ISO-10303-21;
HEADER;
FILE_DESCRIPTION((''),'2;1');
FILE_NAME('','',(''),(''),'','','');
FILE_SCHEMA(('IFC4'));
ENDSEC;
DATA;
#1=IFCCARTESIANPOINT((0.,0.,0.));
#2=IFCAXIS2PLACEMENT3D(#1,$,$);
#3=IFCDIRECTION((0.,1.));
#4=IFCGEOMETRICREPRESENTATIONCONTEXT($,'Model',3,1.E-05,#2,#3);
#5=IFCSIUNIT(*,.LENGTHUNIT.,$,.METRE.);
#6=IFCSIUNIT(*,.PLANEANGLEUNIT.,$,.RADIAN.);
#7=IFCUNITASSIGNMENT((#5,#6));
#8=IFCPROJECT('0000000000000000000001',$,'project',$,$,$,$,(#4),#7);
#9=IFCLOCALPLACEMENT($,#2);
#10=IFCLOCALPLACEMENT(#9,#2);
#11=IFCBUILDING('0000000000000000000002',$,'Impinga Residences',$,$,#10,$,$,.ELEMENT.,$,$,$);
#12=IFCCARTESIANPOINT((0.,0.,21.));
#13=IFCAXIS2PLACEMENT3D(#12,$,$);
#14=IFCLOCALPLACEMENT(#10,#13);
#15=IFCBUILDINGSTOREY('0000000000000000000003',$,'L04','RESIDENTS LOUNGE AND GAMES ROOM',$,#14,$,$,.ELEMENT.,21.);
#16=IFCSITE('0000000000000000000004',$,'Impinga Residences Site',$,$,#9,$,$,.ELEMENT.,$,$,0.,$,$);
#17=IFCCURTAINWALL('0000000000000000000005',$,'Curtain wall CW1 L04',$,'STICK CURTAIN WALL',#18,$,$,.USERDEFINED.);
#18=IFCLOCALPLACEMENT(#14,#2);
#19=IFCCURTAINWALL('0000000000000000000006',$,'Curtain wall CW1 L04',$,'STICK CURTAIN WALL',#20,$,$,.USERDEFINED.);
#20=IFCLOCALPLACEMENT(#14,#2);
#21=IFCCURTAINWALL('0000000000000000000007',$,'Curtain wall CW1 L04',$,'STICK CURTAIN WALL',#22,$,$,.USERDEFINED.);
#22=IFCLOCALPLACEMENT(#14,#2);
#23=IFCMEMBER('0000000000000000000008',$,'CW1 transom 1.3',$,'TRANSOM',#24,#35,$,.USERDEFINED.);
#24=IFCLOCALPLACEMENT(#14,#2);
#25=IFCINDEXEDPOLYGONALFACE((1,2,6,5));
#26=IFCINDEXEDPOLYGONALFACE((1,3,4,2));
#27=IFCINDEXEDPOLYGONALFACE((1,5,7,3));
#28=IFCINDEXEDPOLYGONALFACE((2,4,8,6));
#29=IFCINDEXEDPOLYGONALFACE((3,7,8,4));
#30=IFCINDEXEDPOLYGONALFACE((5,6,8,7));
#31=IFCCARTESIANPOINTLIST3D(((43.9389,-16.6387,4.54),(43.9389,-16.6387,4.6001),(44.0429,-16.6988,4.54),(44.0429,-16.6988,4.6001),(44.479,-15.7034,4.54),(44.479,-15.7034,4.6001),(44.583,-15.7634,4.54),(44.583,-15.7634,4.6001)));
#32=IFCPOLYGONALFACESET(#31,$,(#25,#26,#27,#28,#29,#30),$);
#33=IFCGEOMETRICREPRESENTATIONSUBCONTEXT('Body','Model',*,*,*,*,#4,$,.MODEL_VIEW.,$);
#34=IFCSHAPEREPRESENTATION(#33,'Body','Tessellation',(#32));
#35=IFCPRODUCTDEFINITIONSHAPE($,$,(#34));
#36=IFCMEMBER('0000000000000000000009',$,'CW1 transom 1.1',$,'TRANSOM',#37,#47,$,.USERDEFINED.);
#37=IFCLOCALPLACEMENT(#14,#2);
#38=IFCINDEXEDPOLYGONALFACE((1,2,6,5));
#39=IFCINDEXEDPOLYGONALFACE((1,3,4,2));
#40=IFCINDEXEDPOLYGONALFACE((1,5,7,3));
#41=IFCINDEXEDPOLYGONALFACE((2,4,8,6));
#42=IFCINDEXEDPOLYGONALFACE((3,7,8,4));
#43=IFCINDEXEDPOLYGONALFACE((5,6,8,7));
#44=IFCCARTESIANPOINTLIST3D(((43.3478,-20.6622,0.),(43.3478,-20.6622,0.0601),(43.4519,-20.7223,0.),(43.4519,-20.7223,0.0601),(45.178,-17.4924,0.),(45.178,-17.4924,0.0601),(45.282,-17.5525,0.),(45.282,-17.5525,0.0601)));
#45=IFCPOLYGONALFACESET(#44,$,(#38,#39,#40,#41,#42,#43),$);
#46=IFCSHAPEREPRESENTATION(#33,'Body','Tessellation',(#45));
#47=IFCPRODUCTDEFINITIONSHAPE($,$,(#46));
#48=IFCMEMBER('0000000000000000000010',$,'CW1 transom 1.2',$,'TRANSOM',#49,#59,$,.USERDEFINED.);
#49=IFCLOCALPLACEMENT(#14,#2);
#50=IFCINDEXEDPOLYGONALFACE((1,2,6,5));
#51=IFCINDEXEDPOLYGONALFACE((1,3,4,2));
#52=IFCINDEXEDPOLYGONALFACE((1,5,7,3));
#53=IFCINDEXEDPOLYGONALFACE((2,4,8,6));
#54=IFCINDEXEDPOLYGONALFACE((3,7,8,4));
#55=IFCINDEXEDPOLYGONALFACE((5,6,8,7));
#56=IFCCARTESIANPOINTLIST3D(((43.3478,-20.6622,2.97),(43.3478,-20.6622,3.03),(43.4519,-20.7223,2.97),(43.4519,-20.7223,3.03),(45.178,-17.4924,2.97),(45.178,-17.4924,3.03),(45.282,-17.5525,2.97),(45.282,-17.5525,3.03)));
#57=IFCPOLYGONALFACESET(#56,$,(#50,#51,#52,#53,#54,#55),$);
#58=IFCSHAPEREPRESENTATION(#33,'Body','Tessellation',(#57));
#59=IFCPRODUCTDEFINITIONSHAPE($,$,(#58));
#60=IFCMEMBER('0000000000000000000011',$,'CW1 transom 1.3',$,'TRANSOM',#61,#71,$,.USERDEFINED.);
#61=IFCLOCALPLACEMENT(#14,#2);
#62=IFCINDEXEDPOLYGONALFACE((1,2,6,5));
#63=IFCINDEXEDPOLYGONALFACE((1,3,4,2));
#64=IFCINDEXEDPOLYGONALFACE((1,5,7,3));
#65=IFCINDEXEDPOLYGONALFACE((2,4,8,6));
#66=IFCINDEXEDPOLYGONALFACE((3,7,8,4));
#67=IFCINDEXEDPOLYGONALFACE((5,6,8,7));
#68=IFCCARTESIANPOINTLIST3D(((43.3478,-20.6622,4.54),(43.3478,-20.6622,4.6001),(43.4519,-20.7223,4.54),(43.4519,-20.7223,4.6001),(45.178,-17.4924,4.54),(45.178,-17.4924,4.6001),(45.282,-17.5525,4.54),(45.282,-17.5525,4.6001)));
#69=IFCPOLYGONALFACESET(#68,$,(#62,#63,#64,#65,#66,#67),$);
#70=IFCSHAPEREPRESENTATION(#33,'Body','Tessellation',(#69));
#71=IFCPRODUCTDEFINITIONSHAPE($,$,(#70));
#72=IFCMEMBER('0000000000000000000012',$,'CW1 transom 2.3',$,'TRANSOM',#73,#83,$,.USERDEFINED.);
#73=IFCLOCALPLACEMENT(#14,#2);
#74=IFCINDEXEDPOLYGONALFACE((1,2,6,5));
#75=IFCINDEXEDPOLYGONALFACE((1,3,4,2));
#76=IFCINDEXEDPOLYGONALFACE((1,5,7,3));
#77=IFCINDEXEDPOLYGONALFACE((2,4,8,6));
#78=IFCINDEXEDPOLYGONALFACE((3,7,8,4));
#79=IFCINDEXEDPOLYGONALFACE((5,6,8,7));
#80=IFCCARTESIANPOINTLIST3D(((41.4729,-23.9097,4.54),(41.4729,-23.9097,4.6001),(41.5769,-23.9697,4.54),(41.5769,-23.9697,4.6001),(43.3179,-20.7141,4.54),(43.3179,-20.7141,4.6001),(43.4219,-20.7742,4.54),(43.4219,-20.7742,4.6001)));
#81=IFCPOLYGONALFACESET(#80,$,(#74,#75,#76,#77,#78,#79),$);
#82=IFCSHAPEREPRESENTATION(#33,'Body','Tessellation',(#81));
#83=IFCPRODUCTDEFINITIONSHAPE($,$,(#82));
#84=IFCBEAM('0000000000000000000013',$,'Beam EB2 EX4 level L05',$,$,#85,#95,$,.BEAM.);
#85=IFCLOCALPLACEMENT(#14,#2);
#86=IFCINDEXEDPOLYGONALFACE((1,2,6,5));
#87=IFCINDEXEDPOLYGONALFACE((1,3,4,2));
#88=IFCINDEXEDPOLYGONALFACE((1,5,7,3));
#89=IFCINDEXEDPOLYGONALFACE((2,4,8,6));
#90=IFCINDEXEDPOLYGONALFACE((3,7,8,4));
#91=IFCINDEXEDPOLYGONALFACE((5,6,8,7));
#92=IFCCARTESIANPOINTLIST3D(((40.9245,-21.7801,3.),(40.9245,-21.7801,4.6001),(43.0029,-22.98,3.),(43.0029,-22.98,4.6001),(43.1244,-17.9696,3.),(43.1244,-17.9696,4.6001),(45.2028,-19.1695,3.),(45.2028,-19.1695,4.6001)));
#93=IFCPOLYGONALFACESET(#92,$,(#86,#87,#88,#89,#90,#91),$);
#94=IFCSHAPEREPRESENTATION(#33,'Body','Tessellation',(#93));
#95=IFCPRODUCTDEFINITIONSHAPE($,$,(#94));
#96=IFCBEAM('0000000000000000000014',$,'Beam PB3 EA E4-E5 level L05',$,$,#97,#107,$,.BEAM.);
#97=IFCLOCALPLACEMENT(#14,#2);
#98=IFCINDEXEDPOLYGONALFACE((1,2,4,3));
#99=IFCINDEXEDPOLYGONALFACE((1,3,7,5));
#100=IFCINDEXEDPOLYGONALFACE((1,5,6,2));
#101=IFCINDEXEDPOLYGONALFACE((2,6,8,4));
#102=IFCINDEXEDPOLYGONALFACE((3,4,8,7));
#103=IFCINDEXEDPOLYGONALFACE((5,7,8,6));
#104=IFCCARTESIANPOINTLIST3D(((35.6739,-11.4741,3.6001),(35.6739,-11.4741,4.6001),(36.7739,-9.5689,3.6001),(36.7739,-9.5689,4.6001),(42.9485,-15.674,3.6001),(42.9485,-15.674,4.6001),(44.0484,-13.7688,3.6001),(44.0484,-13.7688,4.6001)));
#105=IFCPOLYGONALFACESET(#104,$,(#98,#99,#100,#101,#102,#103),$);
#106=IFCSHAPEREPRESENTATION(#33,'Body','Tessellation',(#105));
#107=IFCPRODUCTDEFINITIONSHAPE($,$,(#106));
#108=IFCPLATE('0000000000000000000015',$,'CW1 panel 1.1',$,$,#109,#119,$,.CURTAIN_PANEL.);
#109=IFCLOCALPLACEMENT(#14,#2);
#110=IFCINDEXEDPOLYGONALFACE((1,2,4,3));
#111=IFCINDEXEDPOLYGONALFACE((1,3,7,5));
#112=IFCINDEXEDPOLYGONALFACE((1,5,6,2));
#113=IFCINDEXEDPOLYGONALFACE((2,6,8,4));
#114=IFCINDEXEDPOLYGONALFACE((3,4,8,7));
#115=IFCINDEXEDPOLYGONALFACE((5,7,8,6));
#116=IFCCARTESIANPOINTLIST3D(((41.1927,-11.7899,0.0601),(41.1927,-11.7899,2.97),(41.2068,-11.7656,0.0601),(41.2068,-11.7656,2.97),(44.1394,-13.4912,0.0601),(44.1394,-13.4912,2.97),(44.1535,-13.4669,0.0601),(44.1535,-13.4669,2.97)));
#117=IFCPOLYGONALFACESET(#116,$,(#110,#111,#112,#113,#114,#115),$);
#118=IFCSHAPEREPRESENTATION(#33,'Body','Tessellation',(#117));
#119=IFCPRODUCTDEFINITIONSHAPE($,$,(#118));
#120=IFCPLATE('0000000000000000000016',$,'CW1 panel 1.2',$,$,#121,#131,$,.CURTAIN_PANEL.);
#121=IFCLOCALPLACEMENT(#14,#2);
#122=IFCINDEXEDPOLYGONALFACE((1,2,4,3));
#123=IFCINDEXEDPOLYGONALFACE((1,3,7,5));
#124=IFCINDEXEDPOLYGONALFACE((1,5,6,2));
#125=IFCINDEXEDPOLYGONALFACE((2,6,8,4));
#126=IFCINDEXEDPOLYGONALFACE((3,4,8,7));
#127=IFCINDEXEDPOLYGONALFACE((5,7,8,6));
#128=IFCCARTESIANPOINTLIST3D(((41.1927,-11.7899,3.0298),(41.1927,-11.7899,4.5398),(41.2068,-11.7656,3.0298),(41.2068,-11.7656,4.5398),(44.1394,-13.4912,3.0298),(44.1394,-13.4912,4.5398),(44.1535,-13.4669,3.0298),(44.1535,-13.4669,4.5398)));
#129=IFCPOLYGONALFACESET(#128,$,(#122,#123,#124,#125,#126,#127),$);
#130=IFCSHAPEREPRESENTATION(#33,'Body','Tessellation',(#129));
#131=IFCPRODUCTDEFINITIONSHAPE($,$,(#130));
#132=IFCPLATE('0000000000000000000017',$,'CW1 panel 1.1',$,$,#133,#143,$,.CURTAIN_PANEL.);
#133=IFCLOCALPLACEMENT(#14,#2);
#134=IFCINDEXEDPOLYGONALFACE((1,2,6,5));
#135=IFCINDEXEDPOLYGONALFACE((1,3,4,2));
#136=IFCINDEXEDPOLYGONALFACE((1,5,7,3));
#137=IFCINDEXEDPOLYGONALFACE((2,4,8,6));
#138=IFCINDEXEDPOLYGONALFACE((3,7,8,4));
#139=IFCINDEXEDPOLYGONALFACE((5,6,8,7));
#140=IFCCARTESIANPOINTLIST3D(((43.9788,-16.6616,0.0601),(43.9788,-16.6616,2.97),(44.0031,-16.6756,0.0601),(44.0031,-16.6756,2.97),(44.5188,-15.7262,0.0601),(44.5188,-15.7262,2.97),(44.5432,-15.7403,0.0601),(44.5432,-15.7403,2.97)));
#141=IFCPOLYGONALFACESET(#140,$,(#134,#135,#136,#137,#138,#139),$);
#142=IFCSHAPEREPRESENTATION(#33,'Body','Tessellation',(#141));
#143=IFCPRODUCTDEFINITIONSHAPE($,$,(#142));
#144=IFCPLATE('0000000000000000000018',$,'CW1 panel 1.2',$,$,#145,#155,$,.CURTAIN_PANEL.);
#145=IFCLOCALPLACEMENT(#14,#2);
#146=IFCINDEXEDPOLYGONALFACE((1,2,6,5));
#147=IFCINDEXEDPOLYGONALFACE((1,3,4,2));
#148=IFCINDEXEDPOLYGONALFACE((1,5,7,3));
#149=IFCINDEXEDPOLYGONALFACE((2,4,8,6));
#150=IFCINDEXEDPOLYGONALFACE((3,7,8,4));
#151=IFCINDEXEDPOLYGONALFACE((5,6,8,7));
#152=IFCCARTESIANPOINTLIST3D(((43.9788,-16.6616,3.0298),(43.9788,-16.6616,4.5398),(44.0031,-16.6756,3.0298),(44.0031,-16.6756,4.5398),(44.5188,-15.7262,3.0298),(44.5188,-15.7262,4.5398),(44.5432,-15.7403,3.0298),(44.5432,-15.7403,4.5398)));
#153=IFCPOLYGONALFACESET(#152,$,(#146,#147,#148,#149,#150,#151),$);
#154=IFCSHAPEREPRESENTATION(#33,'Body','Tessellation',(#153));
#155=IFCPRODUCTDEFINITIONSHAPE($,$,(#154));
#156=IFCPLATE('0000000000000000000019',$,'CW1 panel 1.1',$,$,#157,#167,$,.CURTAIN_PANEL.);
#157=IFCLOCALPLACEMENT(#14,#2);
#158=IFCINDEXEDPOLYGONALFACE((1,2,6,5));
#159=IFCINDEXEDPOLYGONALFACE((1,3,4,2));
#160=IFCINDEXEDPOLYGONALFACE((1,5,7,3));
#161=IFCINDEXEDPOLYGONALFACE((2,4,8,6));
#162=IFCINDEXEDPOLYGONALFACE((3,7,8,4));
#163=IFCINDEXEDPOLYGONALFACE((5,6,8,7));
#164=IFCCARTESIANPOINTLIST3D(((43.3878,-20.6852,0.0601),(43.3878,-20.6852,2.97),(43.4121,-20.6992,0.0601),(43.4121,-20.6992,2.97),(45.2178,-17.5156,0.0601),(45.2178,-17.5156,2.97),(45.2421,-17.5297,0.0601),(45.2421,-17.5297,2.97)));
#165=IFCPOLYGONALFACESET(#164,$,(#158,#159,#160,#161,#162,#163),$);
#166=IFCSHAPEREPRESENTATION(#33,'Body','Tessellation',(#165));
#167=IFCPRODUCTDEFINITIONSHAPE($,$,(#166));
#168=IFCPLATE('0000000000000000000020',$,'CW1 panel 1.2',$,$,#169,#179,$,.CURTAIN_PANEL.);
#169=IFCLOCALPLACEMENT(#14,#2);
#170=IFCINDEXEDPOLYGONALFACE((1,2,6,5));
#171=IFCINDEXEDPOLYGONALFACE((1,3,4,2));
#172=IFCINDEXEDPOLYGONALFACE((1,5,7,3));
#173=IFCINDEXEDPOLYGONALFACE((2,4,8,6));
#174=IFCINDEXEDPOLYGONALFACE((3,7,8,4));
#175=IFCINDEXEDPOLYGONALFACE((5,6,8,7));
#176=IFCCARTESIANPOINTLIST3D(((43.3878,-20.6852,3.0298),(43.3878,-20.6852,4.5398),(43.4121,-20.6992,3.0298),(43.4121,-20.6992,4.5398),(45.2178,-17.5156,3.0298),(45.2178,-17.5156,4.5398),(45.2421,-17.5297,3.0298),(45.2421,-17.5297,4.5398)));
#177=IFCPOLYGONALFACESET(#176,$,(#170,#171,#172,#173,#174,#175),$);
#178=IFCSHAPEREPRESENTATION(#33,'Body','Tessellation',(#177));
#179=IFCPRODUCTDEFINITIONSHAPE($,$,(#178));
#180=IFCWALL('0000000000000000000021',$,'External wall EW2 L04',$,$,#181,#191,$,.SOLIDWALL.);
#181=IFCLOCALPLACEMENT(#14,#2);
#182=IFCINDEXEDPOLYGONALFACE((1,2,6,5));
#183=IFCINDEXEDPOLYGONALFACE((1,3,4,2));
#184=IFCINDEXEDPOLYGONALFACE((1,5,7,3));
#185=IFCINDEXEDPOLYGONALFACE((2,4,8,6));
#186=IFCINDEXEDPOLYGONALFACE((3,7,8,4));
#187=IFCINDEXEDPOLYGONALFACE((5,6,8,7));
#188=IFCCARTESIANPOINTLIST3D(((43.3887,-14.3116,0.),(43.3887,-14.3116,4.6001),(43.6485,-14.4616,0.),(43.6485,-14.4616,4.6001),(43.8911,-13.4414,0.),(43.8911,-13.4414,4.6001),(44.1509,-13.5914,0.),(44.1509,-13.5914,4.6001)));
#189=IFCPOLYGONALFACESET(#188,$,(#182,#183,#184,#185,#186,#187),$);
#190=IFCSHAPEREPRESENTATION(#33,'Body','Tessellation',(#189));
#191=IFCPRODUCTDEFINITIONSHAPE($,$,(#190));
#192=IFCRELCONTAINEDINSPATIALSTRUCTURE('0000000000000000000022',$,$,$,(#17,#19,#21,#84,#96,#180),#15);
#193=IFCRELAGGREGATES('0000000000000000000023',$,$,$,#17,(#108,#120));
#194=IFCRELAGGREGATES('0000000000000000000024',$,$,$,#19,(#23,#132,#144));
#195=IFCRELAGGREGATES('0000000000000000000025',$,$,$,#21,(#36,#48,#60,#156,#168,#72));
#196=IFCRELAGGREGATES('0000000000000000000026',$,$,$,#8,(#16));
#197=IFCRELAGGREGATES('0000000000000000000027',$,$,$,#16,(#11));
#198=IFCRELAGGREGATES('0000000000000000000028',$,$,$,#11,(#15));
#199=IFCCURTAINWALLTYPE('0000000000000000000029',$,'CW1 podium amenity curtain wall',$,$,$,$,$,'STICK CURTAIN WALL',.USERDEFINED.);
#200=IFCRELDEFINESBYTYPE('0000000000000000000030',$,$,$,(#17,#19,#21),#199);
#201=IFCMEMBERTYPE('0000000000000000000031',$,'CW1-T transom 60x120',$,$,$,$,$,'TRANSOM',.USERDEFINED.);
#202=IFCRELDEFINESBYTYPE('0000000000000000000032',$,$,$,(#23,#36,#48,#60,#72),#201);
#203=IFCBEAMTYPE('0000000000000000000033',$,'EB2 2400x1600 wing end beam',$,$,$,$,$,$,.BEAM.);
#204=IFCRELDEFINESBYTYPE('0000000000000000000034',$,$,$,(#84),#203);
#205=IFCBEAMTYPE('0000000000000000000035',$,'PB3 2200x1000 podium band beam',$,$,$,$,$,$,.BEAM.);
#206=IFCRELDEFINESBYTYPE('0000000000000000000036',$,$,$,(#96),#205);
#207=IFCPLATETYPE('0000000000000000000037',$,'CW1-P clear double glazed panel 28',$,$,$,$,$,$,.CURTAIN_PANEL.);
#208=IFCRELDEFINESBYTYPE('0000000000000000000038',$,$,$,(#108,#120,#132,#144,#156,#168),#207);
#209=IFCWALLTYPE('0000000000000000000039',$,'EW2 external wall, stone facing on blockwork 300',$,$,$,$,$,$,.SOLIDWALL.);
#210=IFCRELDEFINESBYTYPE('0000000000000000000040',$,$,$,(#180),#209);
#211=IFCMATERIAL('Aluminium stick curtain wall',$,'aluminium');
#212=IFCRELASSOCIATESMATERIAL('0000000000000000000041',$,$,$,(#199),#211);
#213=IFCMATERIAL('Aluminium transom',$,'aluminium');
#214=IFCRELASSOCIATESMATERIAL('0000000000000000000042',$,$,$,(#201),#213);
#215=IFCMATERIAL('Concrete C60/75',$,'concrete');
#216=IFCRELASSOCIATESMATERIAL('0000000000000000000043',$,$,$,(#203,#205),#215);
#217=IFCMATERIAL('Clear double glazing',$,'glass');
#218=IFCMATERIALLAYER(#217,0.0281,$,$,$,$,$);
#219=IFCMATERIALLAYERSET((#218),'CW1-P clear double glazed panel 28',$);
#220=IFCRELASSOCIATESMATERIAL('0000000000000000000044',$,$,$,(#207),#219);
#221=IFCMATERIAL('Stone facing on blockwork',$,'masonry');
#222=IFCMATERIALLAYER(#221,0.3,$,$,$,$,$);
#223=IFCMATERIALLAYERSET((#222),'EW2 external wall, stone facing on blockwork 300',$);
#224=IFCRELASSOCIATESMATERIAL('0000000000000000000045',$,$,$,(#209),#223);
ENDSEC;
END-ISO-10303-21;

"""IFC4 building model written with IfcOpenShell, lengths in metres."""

from ifc_helpers import new_model, si_unit, direction, frame, frame_2d, origin, origin_2d, place, context, subcontext, project, spatial, rectangle, extrude, material, layer, layer_set, material_profile, profile_set, type_object, element, aggregate, save


model = new_model("IFC4")

# Units and contexts
model_context = context("Model", 3, precision=1e-05, world=origin(), true_north=direction((0.0, 1.0)))
body_context = subcontext(model_context, "Body", "Model", "MODEL_VIEW")
ifc_project = project(units=[si_unit("LENGTHUNIT", "METRE"), si_unit("PLANEANGLEUNIT", "RADIAN")], contexts=[model_context])

# Site, building, storey
site_placement = place(None, origin())
site = spatial("IfcSite", under=ifc_project, at=site_placement, Name="Impinga Residences Site", CompositionType="ELEMENT", RefElevation=0.0)
building_placement = place(site_placement, origin())
building = spatial("IfcBuilding", under=site, at=building_placement, Name="Impinga Residences", CompositionType="ELEMENT")
storey_placement = place(building_placement, frame((0.0, 0.0, 21.0)))
storey = spatial("IfcBuildingStorey", under=building, at=storey_placement, Name="L04", Description="RESIDENTS LOUNGE AND GAMES ROOM", CompositionType="ELEMENT", Elevation=21.0)

# Shared definitions
ifc_material_1 = material(Name="Concrete C60/75", Category="concrete")

# Curtain walls
ifc_material_2 = material(Name="Aluminium stick curtain wall", Category="aluminium")
curtain_wall_type = type_object("IfcCurtainWallType", Name="CW1 podium amenity curtain wall", ElementType="STICK CURTAIN WALL", PredefinedType="USERDEFINED", material=ifc_material_2)
curtain_wall_1_placement = place(storey_placement, origin())
curtain_wall_1 = element("IfcCurtainWall", 1, at=curtain_wall_1_placement, inside=storey, type_object=curtain_wall_type, Name="Curtain wall CW1 L04", ObjectType="STICK CURTAIN WALL", PredefinedType="USERDEFINED")
curtain_wall_2_placement = place(storey_placement, origin())
curtain_wall_2 = element("IfcCurtainWall", 2, at=curtain_wall_2_placement, inside=storey, type_object=curtain_wall_type, Name="Curtain wall CW1 L04", ObjectType="STICK CURTAIN WALL", PredefinedType="USERDEFINED")
curtain_wall_3_placement = place(storey_placement, origin())
curtain_wall_3 = element("IfcCurtainWall", 3, at=curtain_wall_3_placement, inside=storey, type_object=curtain_wall_type, Name="Curtain wall CW1 L04", ObjectType="STICK CURTAIN WALL", PredefinedType="USERDEFINED")

# Members
ifc_material_3 = material(Name="Aluminium transom", Category="aluminium")
ifc_material_profile_1 = material_profile(ifc_material_3, rectangle(XDim=0.0601, YDim=0.1201, at=origin_2d()), Name="60x120 transom")
ifc_profile_set_1 = profile_set([ifc_material_profile_1], Name="Aluminium transom")
member_type_1 = type_object("IfcMemberType", Name="CW1-T transom 60x120", ElementType="TRANSOM", PredefinedType="USERDEFINED", material=ifc_profile_set_1)
member_1_placement = place(storey_placement, frame((44.531, -15.7334, 4.5701), z_axis=(-0.500029, -0.866009, 0.0), x_axis=(0.0, 0.0, 1.0)))
member_1 = element("IfcMember", 4, at=member_1_placement, type_object=member_type_1, Name="CW1 transom 1.3", ObjectType="TRANSOM", PredefinedType="USERDEFINED", context=body_context, shape_type="SweptSolid", body=[
    extrude(rectangle(XDim=0.0601, YDim=0.1201, at=origin_2d()), origin(), (0.0, 0.0, 1.0), 1.0801),
])
member_2_placement = place(storey_placement, frame((45.23, -17.5225, 0.03), z_axis=(-0.500013, -0.866018, 0.0), x_axis=(0.0, 0.0, 1.0)))
member_2 = element("IfcMember", 5, at=member_2_placement, type_object=member_type_1, Name="CW1 transom 1.1", ObjectType="TRANSOM", PredefinedType="USERDEFINED", context=body_context, shape_type="SweptSolid", body=[
    extrude(rectangle(XDim=0.0601, YDim=0.1201, at=origin_2d()), origin(), (0.0, 0.0, 1.0), 3.6602),
])
member_3_placement = place(storey_placement, frame((45.23, -17.5225, 3.0), z_axis=(-0.500013, -0.866018, 0.0), x_axis=(0.0, 0.0, 1.0)))
member_3 = element("IfcMember", 6, at=member_3_placement, type_object=member_type_1, Name="CW1 transom 1.2", ObjectType="TRANSOM", PredefinedType="USERDEFINED", context=body_context, shape_type="SweptSolid", body=[
    extrude(rectangle(XDim=0.0601, YDim=0.1201, at=origin_2d()), origin(), (0.0, 0.0, 1.0), 3.6602),
])
member_4_placement = place(storey_placement, frame((45.23, -17.5225, 4.5701), z_axis=(-0.500013, -0.866018, 0.0), x_axis=(0.0, 0.0, 1.0)))
member_4 = element("IfcMember", 7, at=member_4_placement, type_object=member_type_1, Name="CW1 transom 1.3", ObjectType="TRANSOM", PredefinedType="USERDEFINED", context=body_context, shape_type="SweptSolid", body=[
    extrude(rectangle(XDim=0.0601, YDim=0.1201, at=origin_2d()), origin(), (0.0, 0.0, 1.0), 3.6602),
])
member_5_placement = place(storey_placement, frame((43.3699, -20.7441, 4.5701), z_axis=(-0.500003, -0.866024, 0.0), x_axis=(0.0, 0.0, 1.0)))
member_5 = element("IfcMember", 8, at=member_5_placement, type_object=member_type_1, Name="CW1 transom 2.3", ObjectType="TRANSOM", PredefinedType="USERDEFINED", context=body_context, shape_type="SweptSolid", body=[
    extrude(rectangle(XDim=0.0601, YDim=0.1201, at=origin_2d()), origin(), (0.0, 0.0, 1.0), 3.6899),
])

# Beams
ifc_material_profile_2 = material_profile(ifc_material_1, rectangle(XDim=2.3999, YDim=1.6001, at=origin_2d()), Name="RC 2400x1600")
ifc_profile_set_2 = profile_set([ifc_material_profile_2], Name="Concrete C60/75")
beam_type_1 = type_object("IfcBeamType", Name="EB2 2400x1600 wing end beam", PredefinedType="BEAM", material=ifc_profile_set_2)
beam_1_placement = place(storey_placement, frame((44.1636, -18.5696, 3.8), z_axis=(-0.499988, -0.866032, 0.0), x_axis=(0.866032, -0.499988, 0.0)))
element("IfcBeam", 9, at=beam_1_placement, inside=storey, type_object=beam_type_1, Name="Beam EB2 EX4 level L05", PredefinedType="BEAM", context=body_context, shape_type="SweptSolid", body=[
    extrude(rectangle(XDim=2.3999, YDim=1.6001, at=origin_2d()), origin(), (0.0, 0.0, 1.0), 4.3999),
])
ifc_material_profile_3 = material_profile(ifc_material_1, rectangle(XDim=2.2, YDim=1.0, at=origin_2d()), Name="RC 2200x1000")
ifc_profile_set_3 = profile_set([ifc_material_profile_3], Name="Concrete C60/75")
beam_type_2 = type_object("IfcBeamType", Name="PB3 2200x1000 podium band beam", PredefinedType="BEAM", material=ifc_profile_set_3)
beam_2_placement = place(storey_placement, frame((36.2239, -10.5215, 4.1001), z_axis=(0.866029, -0.499993, 0.0), x_axis=(0.499993, 0.866029, 0.0)))
element("IfcBeam", 10, at=beam_2_placement, inside=storey, type_object=beam_type_2, Name="Beam PB3 EA E4-E5 level L05", PredefinedType="BEAM", context=body_context, shape_type="SweptSolid", body=[
    extrude(rectangle(XDim=2.2, YDim=1.0, at=origin_2d()), origin(), (0.0, 0.0, 1.0), 8.3999),
])

# Plates
ifc_material_4 = material(Name="Clear double glazing", Category="glass")
ifc_layer_1 = layer(ifc_material_4, 0.0281)
ifc_layer_set_1 = layer_set([ifc_layer_1], Name="CW1-P clear double glazed panel 28")
plate_type = type_object("IfcPlateType", Name="CW1-P clear double glazed panel 28", PredefinedType="CURTAIN_PANEL", material=ifc_layer_set_1)
plate_1_placement = place(storey_placement, frame((42.6731, -12.6284, 0.0601), z_axis=(0.0, 0.0, 1.0), x_axis=(0.866026, -0.5, 0.0)))
plate_1 = element("IfcPlate", 11, at=plate_1_placement, type_object=plate_type, Name="CW1 panel 1.1", PredefinedType="CURTAIN_PANEL", context=body_context, shape_type="SweptSolid", body=[
    extrude(rectangle(XDim=3.4026, YDim=0.0281, at=origin_2d()), origin(), (0.0, 0.0, 1.0), 2.9099),
])
plate_2_placement = place(storey_placement, frame((42.6731, -12.6284, 3.0298), z_axis=(0.0, 0.0, 1.0), x_axis=(0.866026, -0.5, 0.0)))
plate_2 = element("IfcPlate", 12, at=plate_2_placement, type_object=plate_type, Name="CW1 panel 1.2", PredefinedType="CURTAIN_PANEL", context=body_context, shape_type="SweptSolid", body=[
    extrude(rectangle(XDim=3.4026, YDim=0.0281, at=origin_2d()), origin(), (0.0, 0.0, 1.0), 1.51),
])
aggregate(curtain_wall_1, [plate_1, plate_2])
plate_3_placement = place(storey_placement, frame((44.261, -16.2009, 0.0601), z_axis=(0.0, 0.0, 1.0), x_axis=(-0.5, -0.866025, 0.0)))
plate_3 = element("IfcPlate", 13, at=plate_3_placement, type_object=plate_type, Name="CW1 panel 1.1", PredefinedType="CURTAIN_PANEL", context=body_context, shape_type="SweptSolid", body=[
    extrude(rectangle(XDim=1.0801, YDim=0.0281, at=origin_2d()), origin(), (0.0, 0.0, 1.0), 2.9099),
])
plate_4_placement = place(storey_placement, frame((44.261, -16.2009, 3.0298), z_axis=(0.0, 0.0, 1.0), x_axis=(-0.5, -0.866025, 0.0)))
plate_4 = element("IfcPlate", 14, at=plate_4_placement, type_object=plate_type, Name="CW1 panel 1.2", PredefinedType="CURTAIN_PANEL", context=body_context, shape_type="SweptSolid", body=[
    extrude(rectangle(XDim=1.0801, YDim=0.0281, at=origin_2d()), origin(), (0.0, 0.0, 1.0), 1.51),
])
aggregate(curtain_wall_2, [member_1, plate_3, plate_4])
plate_5_placement = place(storey_placement, frame((44.3149, -19.1074, 0.0601), z_axis=(0.0, 0.0, 1.0), x_axis=(-0.5, -0.866025, 0.0)))
plate_5 = element("IfcPlate", 15, at=plate_5_placement, type_object=plate_type, Name="CW1 panel 1.1", PredefinedType="CURTAIN_PANEL", context=body_context, shape_type="SweptSolid", body=[
    extrude(rectangle(XDim=3.6599, YDim=0.0281, at=origin_2d()), origin(), (0.0, 0.0, 1.0), 2.9099),
])
plate_6_placement = place(storey_placement, frame((44.3149, -19.1074, 3.0298), z_axis=(0.0, 0.0, 1.0), x_axis=(-0.5, -0.866025, 0.0)))
plate_6 = element("IfcPlate", 16, at=plate_6_placement, type_object=plate_type, Name="CW1 panel 1.2", PredefinedType="CURTAIN_PANEL", context=body_context, shape_type="SweptSolid", body=[
    extrude(rectangle(XDim=3.6599, YDim=0.0281, at=origin_2d()), origin(), (0.0, 0.0, 1.0), 1.51),
])
aggregate(curtain_wall_3, [member_2, member_3, member_4, plate_5, plate_6, member_5])

# Shared definitions
ifc_material_5 = material(Name="Stone facing on blockwork", Category="masonry")
ifc_layer_2 = layer(ifc_material_5, 0.3)
ifc_layer_set_2 = layer_set([ifc_layer_2], Name="EW2 external wall, stone facing on blockwork 300")
wall_type = type_object("IfcWallType", Name="EW2 external wall, stone facing on blockwork 300", PredefinedType="SOLIDWALL", material=ifc_layer_set_2)

# Wall
wall_1_placement = place(storey_placement, frame((44.021, -13.5164, 0.0), z_axis=(0.0, 0.0, 1.0), x_axis=(-0.499954, -0.866052, 0.0)))
element("IfcWall", 17, at=wall_1_placement, inside=storey, type_object=wall_type, Name="External wall EW2 L04", PredefinedType="SOLIDWALL", context=body_context, shape_type="SweptSolid", body=[
    extrude(rectangle(XDim=1.0049, YDim=0.3, at=frame_2d((0.5024, 0.0))), origin(), (0.0, 0.0, 1.0), 4.6001),
])

save(model, "model.ifc")
